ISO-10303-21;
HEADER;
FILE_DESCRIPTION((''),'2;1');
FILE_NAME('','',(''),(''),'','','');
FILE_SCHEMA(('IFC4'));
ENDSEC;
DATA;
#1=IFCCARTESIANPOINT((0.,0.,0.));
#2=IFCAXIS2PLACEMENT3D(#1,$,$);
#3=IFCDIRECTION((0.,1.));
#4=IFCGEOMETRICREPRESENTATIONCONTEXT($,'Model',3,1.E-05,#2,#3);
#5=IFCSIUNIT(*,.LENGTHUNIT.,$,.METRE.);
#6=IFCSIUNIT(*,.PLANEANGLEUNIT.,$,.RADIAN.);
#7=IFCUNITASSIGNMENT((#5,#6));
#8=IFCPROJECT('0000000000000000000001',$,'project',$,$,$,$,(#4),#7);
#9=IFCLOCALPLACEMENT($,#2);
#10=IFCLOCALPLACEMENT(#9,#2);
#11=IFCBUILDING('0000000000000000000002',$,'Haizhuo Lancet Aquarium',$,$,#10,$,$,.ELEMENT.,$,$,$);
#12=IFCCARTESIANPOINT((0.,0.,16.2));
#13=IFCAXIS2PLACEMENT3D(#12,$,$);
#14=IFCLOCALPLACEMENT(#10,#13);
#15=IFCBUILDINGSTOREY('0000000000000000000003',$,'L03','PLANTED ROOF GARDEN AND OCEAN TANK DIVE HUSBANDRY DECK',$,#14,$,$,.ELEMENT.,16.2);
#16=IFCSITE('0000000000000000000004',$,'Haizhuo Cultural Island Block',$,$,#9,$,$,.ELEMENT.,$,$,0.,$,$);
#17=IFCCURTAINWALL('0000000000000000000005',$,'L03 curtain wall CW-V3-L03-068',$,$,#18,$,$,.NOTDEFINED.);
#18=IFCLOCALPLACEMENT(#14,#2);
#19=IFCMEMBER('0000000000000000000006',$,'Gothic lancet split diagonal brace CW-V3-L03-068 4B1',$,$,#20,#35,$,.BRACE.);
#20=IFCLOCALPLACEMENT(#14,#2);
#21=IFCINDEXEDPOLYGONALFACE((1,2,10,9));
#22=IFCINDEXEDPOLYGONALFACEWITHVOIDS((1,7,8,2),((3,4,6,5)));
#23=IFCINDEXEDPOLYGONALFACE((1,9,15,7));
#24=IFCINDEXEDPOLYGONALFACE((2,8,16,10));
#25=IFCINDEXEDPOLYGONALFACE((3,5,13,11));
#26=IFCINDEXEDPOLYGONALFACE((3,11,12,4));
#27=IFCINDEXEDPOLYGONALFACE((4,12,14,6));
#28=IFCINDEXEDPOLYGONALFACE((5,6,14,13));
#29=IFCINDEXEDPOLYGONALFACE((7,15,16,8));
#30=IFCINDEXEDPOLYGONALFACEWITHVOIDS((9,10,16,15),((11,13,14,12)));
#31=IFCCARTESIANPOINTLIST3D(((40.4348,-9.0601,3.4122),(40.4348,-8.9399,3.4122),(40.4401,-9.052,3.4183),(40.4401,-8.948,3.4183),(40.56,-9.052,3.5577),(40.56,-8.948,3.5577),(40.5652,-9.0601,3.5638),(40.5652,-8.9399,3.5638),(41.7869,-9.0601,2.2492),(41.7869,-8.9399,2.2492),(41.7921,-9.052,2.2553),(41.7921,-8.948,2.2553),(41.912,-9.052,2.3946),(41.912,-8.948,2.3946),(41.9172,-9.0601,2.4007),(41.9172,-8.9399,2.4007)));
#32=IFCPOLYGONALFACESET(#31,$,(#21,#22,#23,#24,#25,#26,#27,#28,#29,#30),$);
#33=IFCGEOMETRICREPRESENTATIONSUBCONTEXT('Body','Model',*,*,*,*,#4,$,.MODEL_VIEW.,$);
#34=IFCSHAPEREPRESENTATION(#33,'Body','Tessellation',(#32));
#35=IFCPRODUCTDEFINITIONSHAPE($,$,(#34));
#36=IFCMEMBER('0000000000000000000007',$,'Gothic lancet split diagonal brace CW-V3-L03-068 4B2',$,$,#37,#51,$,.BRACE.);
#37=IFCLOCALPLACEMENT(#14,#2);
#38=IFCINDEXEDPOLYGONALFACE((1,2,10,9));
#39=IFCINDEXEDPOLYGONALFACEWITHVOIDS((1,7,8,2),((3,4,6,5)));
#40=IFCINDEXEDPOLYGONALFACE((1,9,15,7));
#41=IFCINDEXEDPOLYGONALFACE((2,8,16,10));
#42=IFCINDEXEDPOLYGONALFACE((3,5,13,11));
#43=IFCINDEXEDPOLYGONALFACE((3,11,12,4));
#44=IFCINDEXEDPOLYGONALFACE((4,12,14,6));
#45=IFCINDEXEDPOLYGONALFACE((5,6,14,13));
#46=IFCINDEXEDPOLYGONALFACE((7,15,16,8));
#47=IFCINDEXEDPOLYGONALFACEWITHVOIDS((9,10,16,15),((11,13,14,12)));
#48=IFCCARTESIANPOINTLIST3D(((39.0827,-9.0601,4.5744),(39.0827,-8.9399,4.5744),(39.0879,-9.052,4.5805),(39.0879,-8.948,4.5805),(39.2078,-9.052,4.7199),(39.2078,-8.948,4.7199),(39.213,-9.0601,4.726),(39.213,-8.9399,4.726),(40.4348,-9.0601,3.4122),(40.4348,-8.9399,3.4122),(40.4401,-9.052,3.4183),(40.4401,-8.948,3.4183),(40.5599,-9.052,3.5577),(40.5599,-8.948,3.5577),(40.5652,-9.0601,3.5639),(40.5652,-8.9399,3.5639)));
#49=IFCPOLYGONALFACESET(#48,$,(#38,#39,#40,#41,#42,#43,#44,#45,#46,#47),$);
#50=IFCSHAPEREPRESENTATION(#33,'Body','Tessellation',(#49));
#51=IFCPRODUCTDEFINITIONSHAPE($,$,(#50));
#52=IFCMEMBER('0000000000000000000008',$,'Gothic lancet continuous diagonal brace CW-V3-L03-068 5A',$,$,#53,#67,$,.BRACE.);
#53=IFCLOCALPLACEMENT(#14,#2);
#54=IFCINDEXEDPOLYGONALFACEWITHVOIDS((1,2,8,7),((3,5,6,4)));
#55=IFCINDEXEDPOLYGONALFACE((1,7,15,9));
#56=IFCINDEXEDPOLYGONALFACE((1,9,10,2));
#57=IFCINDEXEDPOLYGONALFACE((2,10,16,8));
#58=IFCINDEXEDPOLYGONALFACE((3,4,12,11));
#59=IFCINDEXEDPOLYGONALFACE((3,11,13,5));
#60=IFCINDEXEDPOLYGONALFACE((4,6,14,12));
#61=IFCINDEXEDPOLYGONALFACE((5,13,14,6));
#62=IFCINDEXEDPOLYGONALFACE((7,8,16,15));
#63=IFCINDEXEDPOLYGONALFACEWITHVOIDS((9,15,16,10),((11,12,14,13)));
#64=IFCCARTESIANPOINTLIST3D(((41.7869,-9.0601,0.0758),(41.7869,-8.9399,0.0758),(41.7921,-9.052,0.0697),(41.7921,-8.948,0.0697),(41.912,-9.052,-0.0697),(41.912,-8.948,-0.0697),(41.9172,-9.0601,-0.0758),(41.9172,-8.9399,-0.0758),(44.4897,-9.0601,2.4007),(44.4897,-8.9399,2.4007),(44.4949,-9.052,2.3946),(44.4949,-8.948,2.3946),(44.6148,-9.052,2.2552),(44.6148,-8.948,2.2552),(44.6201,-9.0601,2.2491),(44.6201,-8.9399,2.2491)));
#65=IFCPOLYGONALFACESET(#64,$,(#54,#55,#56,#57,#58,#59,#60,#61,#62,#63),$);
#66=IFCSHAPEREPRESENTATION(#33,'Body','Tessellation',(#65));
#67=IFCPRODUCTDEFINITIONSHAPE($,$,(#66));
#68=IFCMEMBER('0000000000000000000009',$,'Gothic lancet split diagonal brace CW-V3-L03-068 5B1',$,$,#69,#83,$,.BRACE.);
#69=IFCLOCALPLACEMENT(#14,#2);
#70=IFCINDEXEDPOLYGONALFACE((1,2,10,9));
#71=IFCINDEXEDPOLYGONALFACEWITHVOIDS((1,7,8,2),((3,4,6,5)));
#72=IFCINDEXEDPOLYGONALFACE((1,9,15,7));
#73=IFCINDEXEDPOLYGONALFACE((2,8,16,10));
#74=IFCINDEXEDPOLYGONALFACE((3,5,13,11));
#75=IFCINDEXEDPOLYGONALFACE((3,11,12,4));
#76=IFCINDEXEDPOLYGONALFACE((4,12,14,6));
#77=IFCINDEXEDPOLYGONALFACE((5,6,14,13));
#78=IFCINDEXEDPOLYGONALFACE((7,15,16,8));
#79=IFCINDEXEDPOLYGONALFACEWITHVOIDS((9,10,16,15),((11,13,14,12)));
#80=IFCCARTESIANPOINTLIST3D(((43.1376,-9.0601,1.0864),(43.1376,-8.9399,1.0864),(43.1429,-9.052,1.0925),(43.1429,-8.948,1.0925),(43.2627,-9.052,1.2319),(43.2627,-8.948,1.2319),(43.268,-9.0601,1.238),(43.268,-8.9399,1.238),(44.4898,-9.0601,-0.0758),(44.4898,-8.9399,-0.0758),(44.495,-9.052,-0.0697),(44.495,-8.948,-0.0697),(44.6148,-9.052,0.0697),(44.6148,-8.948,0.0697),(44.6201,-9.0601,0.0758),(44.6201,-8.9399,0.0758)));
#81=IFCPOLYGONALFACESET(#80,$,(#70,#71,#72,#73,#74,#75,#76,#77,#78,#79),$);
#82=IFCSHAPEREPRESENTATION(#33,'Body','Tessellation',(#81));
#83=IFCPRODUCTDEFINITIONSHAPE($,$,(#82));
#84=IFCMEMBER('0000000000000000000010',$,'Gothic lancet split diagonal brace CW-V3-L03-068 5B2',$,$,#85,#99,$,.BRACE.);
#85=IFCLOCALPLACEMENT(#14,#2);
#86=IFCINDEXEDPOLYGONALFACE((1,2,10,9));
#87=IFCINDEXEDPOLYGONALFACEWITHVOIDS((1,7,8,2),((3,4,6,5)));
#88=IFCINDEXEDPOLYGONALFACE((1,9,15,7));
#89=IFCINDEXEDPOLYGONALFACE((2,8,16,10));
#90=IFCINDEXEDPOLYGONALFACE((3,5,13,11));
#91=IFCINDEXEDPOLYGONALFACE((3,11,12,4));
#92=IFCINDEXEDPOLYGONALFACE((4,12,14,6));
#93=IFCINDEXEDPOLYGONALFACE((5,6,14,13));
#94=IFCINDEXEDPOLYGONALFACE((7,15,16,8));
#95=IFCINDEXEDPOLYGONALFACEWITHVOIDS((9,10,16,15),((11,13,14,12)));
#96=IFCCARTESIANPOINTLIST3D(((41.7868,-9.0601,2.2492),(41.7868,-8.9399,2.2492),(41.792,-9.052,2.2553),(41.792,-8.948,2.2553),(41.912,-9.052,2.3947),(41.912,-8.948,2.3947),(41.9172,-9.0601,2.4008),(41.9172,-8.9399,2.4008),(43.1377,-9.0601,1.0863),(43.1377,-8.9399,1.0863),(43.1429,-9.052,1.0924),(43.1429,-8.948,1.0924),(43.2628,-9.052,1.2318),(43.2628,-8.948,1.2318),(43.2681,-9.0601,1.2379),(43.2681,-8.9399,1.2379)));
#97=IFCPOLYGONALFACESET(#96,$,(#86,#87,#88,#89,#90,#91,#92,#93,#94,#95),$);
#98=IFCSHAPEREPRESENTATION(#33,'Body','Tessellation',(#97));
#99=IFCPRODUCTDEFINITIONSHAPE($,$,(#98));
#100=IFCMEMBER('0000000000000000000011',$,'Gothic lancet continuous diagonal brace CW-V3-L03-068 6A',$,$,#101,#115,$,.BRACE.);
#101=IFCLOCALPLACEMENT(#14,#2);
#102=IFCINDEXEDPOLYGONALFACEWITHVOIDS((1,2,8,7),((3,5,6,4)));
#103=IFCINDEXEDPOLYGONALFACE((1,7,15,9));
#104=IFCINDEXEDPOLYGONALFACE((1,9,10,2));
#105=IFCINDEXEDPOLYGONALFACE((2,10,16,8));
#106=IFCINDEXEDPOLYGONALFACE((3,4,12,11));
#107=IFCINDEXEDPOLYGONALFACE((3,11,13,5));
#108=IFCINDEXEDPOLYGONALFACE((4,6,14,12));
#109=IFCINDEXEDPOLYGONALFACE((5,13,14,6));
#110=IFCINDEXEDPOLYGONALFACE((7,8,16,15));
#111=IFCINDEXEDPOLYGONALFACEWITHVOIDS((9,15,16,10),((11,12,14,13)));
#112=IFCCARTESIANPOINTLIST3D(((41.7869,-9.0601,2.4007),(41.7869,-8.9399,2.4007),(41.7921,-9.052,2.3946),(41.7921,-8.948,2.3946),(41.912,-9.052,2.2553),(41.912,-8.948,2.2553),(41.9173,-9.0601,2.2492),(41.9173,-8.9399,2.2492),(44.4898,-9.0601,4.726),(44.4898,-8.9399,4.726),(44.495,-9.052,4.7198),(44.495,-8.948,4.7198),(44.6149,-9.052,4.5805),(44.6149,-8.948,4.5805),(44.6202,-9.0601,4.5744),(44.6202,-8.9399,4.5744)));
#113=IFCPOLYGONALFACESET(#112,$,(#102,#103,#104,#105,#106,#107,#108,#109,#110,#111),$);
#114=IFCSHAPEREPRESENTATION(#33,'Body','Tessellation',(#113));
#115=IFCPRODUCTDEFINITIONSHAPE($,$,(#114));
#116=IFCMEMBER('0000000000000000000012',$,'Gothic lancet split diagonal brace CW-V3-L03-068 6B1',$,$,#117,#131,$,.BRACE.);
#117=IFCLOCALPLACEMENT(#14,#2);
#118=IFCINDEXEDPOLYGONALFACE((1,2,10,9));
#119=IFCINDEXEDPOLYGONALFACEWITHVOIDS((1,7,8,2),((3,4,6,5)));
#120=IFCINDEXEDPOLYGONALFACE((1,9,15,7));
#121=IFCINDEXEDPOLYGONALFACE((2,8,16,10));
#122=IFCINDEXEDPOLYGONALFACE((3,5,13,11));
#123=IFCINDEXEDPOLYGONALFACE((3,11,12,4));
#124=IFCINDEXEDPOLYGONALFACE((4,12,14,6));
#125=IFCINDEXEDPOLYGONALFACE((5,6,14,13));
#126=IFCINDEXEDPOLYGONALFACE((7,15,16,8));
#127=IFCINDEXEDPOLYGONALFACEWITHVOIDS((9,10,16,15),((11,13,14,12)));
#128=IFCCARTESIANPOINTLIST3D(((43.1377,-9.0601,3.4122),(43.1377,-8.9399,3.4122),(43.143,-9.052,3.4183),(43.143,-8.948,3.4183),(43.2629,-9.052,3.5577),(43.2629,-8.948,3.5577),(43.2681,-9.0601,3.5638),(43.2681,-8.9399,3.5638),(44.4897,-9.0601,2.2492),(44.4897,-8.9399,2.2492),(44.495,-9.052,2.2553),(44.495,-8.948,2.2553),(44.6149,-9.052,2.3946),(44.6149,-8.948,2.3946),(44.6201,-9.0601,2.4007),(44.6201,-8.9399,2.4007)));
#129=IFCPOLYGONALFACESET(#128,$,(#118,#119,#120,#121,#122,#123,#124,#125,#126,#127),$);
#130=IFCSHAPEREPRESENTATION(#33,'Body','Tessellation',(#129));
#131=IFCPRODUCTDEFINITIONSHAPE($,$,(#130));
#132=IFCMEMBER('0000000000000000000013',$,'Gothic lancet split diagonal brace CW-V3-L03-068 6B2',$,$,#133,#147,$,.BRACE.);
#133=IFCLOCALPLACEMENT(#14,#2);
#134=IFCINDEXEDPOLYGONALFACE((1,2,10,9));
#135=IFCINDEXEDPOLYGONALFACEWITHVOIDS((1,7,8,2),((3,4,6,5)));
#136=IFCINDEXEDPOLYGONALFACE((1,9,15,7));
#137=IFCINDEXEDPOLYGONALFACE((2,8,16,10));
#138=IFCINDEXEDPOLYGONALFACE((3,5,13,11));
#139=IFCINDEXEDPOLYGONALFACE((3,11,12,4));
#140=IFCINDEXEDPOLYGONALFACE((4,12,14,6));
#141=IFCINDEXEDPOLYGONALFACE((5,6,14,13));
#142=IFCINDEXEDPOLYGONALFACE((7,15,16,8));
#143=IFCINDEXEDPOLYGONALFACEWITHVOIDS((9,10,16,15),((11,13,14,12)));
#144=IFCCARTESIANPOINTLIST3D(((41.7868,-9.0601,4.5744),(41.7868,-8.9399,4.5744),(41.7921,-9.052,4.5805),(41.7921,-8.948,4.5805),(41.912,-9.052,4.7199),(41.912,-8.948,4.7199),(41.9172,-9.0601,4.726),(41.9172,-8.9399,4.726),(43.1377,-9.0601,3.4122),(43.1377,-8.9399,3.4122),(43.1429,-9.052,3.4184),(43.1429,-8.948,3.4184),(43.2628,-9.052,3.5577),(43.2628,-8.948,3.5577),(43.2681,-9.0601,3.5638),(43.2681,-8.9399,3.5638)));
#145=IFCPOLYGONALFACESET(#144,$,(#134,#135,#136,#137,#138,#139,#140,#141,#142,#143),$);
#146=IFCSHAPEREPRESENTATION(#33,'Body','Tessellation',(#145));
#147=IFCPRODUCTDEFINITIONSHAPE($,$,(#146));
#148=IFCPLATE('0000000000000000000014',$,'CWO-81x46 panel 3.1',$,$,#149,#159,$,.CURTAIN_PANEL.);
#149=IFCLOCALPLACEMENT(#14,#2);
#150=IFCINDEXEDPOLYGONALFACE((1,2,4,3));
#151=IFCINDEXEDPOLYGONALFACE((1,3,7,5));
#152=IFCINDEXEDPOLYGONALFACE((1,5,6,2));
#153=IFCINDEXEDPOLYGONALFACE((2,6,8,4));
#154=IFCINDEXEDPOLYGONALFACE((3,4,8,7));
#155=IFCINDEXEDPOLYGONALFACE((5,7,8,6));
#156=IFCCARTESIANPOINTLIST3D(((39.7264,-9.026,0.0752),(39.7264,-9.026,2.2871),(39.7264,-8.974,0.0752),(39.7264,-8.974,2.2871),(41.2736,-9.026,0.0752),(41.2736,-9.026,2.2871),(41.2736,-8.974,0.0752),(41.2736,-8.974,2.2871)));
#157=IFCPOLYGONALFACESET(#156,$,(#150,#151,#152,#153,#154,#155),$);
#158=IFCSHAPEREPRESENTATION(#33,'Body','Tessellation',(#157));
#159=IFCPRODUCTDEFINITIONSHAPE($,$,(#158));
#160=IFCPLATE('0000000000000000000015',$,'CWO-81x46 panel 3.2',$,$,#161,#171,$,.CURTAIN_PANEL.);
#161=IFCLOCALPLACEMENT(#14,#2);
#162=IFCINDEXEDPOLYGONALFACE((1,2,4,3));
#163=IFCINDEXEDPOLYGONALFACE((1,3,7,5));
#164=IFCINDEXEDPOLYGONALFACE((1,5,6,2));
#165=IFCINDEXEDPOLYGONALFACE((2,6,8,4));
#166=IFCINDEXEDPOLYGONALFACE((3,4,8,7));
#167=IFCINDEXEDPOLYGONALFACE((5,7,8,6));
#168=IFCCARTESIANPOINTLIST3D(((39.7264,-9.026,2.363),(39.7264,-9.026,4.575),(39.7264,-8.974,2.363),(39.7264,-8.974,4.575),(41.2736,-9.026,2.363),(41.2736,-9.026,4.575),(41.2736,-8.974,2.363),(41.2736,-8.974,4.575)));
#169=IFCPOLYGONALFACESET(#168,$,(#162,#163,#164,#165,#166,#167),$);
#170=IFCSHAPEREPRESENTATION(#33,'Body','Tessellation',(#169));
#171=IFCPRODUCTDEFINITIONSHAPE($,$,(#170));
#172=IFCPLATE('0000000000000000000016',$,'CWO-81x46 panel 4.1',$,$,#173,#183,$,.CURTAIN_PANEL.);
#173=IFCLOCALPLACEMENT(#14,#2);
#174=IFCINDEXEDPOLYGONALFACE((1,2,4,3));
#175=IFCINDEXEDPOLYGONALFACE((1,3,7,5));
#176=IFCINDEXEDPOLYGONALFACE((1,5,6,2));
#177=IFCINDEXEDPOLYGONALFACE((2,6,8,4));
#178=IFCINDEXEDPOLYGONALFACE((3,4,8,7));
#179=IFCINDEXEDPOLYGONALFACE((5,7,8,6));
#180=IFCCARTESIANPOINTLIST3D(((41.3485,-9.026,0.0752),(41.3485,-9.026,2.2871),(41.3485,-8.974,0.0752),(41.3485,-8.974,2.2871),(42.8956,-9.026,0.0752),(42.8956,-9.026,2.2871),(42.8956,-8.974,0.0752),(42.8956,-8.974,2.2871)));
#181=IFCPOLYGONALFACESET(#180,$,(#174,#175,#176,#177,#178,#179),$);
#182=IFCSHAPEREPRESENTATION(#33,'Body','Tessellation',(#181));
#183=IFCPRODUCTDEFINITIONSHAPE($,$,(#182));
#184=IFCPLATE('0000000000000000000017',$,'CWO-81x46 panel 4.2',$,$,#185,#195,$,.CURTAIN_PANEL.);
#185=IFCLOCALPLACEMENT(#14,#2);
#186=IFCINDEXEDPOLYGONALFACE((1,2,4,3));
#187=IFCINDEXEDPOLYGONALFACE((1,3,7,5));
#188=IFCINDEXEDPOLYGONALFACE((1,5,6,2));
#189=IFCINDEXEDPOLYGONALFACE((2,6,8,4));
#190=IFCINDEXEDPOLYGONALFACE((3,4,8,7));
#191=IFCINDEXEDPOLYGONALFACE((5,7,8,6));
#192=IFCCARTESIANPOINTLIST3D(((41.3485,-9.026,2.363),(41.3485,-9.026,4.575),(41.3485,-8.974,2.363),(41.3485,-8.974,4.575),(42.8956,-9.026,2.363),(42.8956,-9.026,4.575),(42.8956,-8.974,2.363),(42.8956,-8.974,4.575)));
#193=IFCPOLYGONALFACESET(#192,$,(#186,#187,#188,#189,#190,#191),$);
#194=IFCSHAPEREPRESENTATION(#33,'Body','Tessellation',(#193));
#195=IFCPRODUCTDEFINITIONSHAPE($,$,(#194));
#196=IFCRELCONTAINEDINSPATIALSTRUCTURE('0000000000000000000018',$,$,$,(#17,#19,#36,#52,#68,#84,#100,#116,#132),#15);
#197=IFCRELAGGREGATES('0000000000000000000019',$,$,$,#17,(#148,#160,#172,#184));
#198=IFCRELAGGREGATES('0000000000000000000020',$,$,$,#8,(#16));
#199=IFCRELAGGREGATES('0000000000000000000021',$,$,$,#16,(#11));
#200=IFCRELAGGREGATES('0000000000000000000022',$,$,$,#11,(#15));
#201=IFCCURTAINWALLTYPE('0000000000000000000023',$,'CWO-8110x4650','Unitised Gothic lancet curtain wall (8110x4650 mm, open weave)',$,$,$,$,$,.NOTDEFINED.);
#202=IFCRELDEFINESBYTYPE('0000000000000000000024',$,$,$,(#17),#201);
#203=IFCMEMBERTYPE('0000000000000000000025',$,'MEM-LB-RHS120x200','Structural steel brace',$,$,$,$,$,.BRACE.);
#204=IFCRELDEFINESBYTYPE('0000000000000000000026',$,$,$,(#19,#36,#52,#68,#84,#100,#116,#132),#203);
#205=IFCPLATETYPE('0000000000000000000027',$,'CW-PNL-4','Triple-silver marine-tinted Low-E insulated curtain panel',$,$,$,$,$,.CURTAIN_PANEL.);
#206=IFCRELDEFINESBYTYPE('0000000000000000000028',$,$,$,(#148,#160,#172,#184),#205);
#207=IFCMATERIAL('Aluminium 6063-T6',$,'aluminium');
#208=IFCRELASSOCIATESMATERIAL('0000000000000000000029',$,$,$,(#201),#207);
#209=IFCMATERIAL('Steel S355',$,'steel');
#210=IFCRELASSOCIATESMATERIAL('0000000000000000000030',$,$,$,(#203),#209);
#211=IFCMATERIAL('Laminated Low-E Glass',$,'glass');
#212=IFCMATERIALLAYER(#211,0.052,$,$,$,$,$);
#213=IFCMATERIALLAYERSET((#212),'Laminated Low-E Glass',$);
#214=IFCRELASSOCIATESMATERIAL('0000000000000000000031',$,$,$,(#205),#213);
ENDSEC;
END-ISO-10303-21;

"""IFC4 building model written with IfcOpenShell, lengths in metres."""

from ifc_helpers import new_model, si_unit, direction, frame, origin, origin_2d, place, context, subcontext, project, spatial, rectangle, hollow_rectangle, extrude, material, layer, layer_set, material_profile, profile_set, type_object, element, aggregate, save


model = new_model("IFC4")

# Units and contexts
model_context = context("Model", 3, precision=1e-05, world=origin(), true_north=direction((0.0, 1.0)))
body_context = subcontext(model_context, "Body", "Model", "MODEL_VIEW")
ifc_project = project(units=[si_unit("LENGTHUNIT", "METRE"), si_unit("PLANEANGLEUNIT", "RADIAN")], contexts=[model_context])

# Site, building, storey
site_placement = place(None, origin())
site = spatial("IfcSite", under=ifc_project, at=site_placement, Name="Haizhuo Cultural Island Block", CompositionType="ELEMENT", RefElevation=0.0)
building_placement = place(site_placement, origin())
building = spatial("IfcBuilding", under=site, at=building_placement, Name="Haizhuo Lancet Aquarium", CompositionType="ELEMENT")
storey_placement = place(building_placement, frame((0.0, 0.0, 16.2)))
storey = spatial("IfcBuildingStorey", under=building, at=storey_placement, Name="L03", Description="PLANTED ROOF GARDEN AND OCEAN TANK DIVE HUSBANDRY DECK", CompositionType="ELEMENT", Elevation=16.2)

# Curtain wall
ifc_material_1 = material(Name="Aluminium 6063-T6", Category="aluminium")
curtain_wall_type = type_object("IfcCurtainWallType", Name="CWO-8110x4650", Description="Unitised Gothic lancet curtain wall (8110x4650 mm, open weave)", PredefinedType="NOTDEFINED", material=ifc_material_1)
curtain_wall_placement = place(storey_placement, origin())
curtain_wall = element("IfcCurtainWall", 1, at=curtain_wall_placement, inside=storey, type_object=curtain_wall_type, Name="L03 curtain wall CW-V3-L03-068", PredefinedType="NOTDEFINED")

# Members
ifc_material_2 = material(Name="Steel S355", Category="steel")
ifc_material_profile_1 = material_profile(ifc_material_2, hollow_rectangle(XDim=0.1201, YDim=0.2, WallThickness=0.0081, at=origin_2d()), Name="RHS 120x200x8")
ifc_profile_set_1 = profile_set([ifc_material_profile_1], Name="Steel S355")
member_type_1 = type_object("IfcMemberType", Name="MEM-LB-RHS120x200", Description="Structural steel brace", PredefinedType="BRACE", material=ifc_profile_set_1)
member_1_placement = place(storey_placement, frame((41.8521, -9.0, 2.325), z_axis=(-0.758096, 0.0, 0.652143), x_axis=(0.0, -1.0, 0.0)))
element("IfcMember", 2, at=member_1_placement, inside=storey, type_object=member_type_1, Name="Gothic lancet split diagonal brace CW-V3-L03-068 4B1", PredefinedType="BRACE", context=body_context, shape_type="SweptSolid", body=[
    extrude(hollow_rectangle(XDim=0.1201, YDim=0.2, WallThickness=0.0081, at=origin_2d()), origin(), (0.0, 0.0, 1.0), 1.7834),
])
member_2_placement = place(storey_placement, frame((40.5, -9.0, 3.488), z_axis=(-0.758367, 0.0, 0.651828), x_axis=(0.0, -1.0, 0.0)))
element("IfcMember", 3, at=member_2_placement, inside=storey, type_object=member_type_1, Name="Gothic lancet split diagonal brace CW-V3-L03-068 4B2", PredefinedType="BRACE", context=body_context, shape_type="SweptSolid", body=[
    extrude(hollow_rectangle(XDim=0.1201, YDim=0.2, WallThickness=0.0081, at=origin_2d()), origin(), (0.0, 0.0, 1.0), 1.783),
])
member_3_placement = place(storey_placement, frame((41.8521, -9.0, 0.0), z_axis=(0.75812, 0.0, 0.652116), x_axis=(0.0, 1.0, 0.0)))
element("IfcMember", 4, at=member_3_placement, inside=storey, type_object=member_type_1, Name="Gothic lancet continuous diagonal brace CW-V3-L03-068 5A", PredefinedType="BRACE", context=body_context, shape_type="SweptSolid", body=[
    extrude(hollow_rectangle(XDim=0.1201, YDim=0.2, WallThickness=0.0081, at=origin_2d()), origin(), (0.0, 0.0, 1.0), 3.5652),
])
member_4_placement = place(storey_placement, frame((44.5549, -9.0, 0.0), z_axis=(-0.758367, 0.0, 0.651828), x_axis=(0.0, -1.0, 0.0)))
element("IfcMember", 5, at=member_4_placement, inside=storey, type_object=member_type_1, Name="Gothic lancet split diagonal brace CW-V3-L03-068 5B1", PredefinedType="BRACE", context=body_context, shape_type="SweptSolid", body=[
    extrude(hollow_rectangle(XDim=0.1201, YDim=0.2, WallThickness=0.0081, at=origin_2d()), origin(), (0.0, 0.0, 1.0), 1.783),
])
member_5_placement = place(storey_placement, frame((43.2029, -9.0, 1.1621), z_axis=(-0.757872, 0.0, 0.652403), x_axis=(0.0, -1.0, 0.0)))
element("IfcMember", 6, at=member_5_placement, inside=storey, type_object=member_type_1, Name="Gothic lancet split diagonal brace CW-V3-L03-068 5B2", PredefinedType="BRACE", context=body_context, shape_type="SweptSolid", body=[
    extrude(hollow_rectangle(XDim=0.1201, YDim=0.2, WallThickness=0.0081, at=origin_2d()), origin(), (0.0, 0.0, 1.0), 1.7825),
])
member_6_placement = place(storey_placement, frame((41.8521, -9.0, 2.325), z_axis=(0.758086, 0.0, 0.652155), x_axis=(0.0, 1.0, 0.0)))
element("IfcMember", 7, at=member_6_placement, inside=storey, type_object=member_type_1, Name="Gothic lancet continuous diagonal brace CW-V3-L03-068 6A", PredefinedType="BRACE", context=body_context, shape_type="SweptSolid", body=[
    extrude(hollow_rectangle(XDim=0.1201, YDim=0.2, WallThickness=0.0081, at=origin_2d()), origin(), (0.0, 0.0, 1.0), 3.5654),
])
member_7_placement = place(storey_placement, frame((44.5549, -9.0, 2.325), z_axis=(-0.758096, 0.0, 0.652143), x_axis=(0.0, -1.0, 0.0)))
element("IfcMember", 8, at=member_7_placement, inside=storey, type_object=member_type_1, Name="Gothic lancet split diagonal brace CW-V3-L03-068 6B1", PredefinedType="BRACE", context=body_context, shape_type="SweptSolid", body=[
    extrude(hollow_rectangle(XDim=0.1201, YDim=0.2, WallThickness=0.0081, at=origin_2d()), origin(), (0.0, 0.0, 1.0), 1.7834),
])
member_8_placement = place(storey_placement, frame((43.2029, -9.0, 3.488), z_axis=(-0.758075, 0.0, 0.652167), x_axis=(0.0, -1.0, 0.0)))
element("IfcMember", 9, at=member_8_placement, inside=storey, type_object=member_type_1, Name="Gothic lancet split diagonal brace CW-V3-L03-068 6B2", PredefinedType="BRACE", context=body_context, shape_type="SweptSolid", body=[
    extrude(hollow_rectangle(XDim=0.1201, YDim=0.2, WallThickness=0.0081, at=origin_2d()), origin(), (0.0, 0.0, 1.0), 1.782),
])

# Plates
ifc_material_3 = material(Name="Laminated Low-E Glass", Category="glass")
ifc_layer_1 = layer(ifc_material_3, 0.052)
ifc_layer_set_1 = layer_set([ifc_layer_1], Name="Laminated Low-E Glass")
plate_type = type_object("IfcPlateType", Name="CW-PNL-4", Description="Triple-silver marine-tinted Low-E insulated curtain panel", PredefinedType="CURTAIN_PANEL", material=ifc_layer_set_1)
plate_1_placement = place(storey_placement, frame((40.5, -9.0, 0.0752), z_axis=(0.0, 0.0, 1.0), x_axis=(1.0, 0.0, 0.0)))
plate_1 = element("IfcPlate", 10, at=plate_1_placement, type_object=plate_type, Name="CWO-81x46 panel 3.1", PredefinedType="CURTAIN_PANEL", context=body_context, shape_type="SweptSolid", body=[
    extrude(rectangle(XDim=1.5471, YDim=0.052, at=origin_2d()), origin(), (0.0, 0.0, 1.0), 2.2119),
])
plate_2_placement = place(storey_placement, frame((40.5, -9.0, 2.363), z_axis=(0.0, 0.0, 1.0), x_axis=(1.0, 0.0, 0.0)))
plate_2 = element("IfcPlate", 11, at=plate_2_placement, type_object=plate_type, Name="CWO-81x46 panel 3.2", PredefinedType="CURTAIN_PANEL", context=body_context, shape_type="SweptSolid", body=[
    extrude(rectangle(XDim=1.5471, YDim=0.052, at=origin_2d()), origin(), (0.0, 0.0, 1.0), 2.2119),
])
plate_3_placement = place(storey_placement, frame((42.1221, -9.0, 0.0752), z_axis=(0.0, 0.0, 1.0), x_axis=(1.0, 0.0, 0.0)))
plate_3 = element("IfcPlate", 12, at=plate_3_placement, type_object=plate_type, Name="CWO-81x46 panel 4.1", PredefinedType="CURTAIN_PANEL", context=body_context, shape_type="SweptSolid", body=[
    extrude(rectangle(XDim=1.5471, YDim=0.052, at=origin_2d()), origin(), (0.0, 0.0, 1.0), 2.2119),
])
plate_4_placement = place(storey_placement, frame((42.1221, -9.0, 2.363), z_axis=(0.0, 0.0, 1.0), x_axis=(1.0, 0.0, 0.0)))
plate_4 = element("IfcPlate", 13, at=plate_4_placement, type_object=plate_type, Name="CWO-81x46 panel 4.2", PredefinedType="CURTAIN_PANEL", context=body_context, shape_type="SweptSolid", body=[
    extrude(rectangle(XDim=1.5471, YDim=0.052, at=origin_2d()), origin(), (0.0, 0.0, 1.0), 2.2119),
])
aggregate(curtain_wall, [plate_1, plate_2, plate_3, plate_4])

save(model, "model.ifc")
